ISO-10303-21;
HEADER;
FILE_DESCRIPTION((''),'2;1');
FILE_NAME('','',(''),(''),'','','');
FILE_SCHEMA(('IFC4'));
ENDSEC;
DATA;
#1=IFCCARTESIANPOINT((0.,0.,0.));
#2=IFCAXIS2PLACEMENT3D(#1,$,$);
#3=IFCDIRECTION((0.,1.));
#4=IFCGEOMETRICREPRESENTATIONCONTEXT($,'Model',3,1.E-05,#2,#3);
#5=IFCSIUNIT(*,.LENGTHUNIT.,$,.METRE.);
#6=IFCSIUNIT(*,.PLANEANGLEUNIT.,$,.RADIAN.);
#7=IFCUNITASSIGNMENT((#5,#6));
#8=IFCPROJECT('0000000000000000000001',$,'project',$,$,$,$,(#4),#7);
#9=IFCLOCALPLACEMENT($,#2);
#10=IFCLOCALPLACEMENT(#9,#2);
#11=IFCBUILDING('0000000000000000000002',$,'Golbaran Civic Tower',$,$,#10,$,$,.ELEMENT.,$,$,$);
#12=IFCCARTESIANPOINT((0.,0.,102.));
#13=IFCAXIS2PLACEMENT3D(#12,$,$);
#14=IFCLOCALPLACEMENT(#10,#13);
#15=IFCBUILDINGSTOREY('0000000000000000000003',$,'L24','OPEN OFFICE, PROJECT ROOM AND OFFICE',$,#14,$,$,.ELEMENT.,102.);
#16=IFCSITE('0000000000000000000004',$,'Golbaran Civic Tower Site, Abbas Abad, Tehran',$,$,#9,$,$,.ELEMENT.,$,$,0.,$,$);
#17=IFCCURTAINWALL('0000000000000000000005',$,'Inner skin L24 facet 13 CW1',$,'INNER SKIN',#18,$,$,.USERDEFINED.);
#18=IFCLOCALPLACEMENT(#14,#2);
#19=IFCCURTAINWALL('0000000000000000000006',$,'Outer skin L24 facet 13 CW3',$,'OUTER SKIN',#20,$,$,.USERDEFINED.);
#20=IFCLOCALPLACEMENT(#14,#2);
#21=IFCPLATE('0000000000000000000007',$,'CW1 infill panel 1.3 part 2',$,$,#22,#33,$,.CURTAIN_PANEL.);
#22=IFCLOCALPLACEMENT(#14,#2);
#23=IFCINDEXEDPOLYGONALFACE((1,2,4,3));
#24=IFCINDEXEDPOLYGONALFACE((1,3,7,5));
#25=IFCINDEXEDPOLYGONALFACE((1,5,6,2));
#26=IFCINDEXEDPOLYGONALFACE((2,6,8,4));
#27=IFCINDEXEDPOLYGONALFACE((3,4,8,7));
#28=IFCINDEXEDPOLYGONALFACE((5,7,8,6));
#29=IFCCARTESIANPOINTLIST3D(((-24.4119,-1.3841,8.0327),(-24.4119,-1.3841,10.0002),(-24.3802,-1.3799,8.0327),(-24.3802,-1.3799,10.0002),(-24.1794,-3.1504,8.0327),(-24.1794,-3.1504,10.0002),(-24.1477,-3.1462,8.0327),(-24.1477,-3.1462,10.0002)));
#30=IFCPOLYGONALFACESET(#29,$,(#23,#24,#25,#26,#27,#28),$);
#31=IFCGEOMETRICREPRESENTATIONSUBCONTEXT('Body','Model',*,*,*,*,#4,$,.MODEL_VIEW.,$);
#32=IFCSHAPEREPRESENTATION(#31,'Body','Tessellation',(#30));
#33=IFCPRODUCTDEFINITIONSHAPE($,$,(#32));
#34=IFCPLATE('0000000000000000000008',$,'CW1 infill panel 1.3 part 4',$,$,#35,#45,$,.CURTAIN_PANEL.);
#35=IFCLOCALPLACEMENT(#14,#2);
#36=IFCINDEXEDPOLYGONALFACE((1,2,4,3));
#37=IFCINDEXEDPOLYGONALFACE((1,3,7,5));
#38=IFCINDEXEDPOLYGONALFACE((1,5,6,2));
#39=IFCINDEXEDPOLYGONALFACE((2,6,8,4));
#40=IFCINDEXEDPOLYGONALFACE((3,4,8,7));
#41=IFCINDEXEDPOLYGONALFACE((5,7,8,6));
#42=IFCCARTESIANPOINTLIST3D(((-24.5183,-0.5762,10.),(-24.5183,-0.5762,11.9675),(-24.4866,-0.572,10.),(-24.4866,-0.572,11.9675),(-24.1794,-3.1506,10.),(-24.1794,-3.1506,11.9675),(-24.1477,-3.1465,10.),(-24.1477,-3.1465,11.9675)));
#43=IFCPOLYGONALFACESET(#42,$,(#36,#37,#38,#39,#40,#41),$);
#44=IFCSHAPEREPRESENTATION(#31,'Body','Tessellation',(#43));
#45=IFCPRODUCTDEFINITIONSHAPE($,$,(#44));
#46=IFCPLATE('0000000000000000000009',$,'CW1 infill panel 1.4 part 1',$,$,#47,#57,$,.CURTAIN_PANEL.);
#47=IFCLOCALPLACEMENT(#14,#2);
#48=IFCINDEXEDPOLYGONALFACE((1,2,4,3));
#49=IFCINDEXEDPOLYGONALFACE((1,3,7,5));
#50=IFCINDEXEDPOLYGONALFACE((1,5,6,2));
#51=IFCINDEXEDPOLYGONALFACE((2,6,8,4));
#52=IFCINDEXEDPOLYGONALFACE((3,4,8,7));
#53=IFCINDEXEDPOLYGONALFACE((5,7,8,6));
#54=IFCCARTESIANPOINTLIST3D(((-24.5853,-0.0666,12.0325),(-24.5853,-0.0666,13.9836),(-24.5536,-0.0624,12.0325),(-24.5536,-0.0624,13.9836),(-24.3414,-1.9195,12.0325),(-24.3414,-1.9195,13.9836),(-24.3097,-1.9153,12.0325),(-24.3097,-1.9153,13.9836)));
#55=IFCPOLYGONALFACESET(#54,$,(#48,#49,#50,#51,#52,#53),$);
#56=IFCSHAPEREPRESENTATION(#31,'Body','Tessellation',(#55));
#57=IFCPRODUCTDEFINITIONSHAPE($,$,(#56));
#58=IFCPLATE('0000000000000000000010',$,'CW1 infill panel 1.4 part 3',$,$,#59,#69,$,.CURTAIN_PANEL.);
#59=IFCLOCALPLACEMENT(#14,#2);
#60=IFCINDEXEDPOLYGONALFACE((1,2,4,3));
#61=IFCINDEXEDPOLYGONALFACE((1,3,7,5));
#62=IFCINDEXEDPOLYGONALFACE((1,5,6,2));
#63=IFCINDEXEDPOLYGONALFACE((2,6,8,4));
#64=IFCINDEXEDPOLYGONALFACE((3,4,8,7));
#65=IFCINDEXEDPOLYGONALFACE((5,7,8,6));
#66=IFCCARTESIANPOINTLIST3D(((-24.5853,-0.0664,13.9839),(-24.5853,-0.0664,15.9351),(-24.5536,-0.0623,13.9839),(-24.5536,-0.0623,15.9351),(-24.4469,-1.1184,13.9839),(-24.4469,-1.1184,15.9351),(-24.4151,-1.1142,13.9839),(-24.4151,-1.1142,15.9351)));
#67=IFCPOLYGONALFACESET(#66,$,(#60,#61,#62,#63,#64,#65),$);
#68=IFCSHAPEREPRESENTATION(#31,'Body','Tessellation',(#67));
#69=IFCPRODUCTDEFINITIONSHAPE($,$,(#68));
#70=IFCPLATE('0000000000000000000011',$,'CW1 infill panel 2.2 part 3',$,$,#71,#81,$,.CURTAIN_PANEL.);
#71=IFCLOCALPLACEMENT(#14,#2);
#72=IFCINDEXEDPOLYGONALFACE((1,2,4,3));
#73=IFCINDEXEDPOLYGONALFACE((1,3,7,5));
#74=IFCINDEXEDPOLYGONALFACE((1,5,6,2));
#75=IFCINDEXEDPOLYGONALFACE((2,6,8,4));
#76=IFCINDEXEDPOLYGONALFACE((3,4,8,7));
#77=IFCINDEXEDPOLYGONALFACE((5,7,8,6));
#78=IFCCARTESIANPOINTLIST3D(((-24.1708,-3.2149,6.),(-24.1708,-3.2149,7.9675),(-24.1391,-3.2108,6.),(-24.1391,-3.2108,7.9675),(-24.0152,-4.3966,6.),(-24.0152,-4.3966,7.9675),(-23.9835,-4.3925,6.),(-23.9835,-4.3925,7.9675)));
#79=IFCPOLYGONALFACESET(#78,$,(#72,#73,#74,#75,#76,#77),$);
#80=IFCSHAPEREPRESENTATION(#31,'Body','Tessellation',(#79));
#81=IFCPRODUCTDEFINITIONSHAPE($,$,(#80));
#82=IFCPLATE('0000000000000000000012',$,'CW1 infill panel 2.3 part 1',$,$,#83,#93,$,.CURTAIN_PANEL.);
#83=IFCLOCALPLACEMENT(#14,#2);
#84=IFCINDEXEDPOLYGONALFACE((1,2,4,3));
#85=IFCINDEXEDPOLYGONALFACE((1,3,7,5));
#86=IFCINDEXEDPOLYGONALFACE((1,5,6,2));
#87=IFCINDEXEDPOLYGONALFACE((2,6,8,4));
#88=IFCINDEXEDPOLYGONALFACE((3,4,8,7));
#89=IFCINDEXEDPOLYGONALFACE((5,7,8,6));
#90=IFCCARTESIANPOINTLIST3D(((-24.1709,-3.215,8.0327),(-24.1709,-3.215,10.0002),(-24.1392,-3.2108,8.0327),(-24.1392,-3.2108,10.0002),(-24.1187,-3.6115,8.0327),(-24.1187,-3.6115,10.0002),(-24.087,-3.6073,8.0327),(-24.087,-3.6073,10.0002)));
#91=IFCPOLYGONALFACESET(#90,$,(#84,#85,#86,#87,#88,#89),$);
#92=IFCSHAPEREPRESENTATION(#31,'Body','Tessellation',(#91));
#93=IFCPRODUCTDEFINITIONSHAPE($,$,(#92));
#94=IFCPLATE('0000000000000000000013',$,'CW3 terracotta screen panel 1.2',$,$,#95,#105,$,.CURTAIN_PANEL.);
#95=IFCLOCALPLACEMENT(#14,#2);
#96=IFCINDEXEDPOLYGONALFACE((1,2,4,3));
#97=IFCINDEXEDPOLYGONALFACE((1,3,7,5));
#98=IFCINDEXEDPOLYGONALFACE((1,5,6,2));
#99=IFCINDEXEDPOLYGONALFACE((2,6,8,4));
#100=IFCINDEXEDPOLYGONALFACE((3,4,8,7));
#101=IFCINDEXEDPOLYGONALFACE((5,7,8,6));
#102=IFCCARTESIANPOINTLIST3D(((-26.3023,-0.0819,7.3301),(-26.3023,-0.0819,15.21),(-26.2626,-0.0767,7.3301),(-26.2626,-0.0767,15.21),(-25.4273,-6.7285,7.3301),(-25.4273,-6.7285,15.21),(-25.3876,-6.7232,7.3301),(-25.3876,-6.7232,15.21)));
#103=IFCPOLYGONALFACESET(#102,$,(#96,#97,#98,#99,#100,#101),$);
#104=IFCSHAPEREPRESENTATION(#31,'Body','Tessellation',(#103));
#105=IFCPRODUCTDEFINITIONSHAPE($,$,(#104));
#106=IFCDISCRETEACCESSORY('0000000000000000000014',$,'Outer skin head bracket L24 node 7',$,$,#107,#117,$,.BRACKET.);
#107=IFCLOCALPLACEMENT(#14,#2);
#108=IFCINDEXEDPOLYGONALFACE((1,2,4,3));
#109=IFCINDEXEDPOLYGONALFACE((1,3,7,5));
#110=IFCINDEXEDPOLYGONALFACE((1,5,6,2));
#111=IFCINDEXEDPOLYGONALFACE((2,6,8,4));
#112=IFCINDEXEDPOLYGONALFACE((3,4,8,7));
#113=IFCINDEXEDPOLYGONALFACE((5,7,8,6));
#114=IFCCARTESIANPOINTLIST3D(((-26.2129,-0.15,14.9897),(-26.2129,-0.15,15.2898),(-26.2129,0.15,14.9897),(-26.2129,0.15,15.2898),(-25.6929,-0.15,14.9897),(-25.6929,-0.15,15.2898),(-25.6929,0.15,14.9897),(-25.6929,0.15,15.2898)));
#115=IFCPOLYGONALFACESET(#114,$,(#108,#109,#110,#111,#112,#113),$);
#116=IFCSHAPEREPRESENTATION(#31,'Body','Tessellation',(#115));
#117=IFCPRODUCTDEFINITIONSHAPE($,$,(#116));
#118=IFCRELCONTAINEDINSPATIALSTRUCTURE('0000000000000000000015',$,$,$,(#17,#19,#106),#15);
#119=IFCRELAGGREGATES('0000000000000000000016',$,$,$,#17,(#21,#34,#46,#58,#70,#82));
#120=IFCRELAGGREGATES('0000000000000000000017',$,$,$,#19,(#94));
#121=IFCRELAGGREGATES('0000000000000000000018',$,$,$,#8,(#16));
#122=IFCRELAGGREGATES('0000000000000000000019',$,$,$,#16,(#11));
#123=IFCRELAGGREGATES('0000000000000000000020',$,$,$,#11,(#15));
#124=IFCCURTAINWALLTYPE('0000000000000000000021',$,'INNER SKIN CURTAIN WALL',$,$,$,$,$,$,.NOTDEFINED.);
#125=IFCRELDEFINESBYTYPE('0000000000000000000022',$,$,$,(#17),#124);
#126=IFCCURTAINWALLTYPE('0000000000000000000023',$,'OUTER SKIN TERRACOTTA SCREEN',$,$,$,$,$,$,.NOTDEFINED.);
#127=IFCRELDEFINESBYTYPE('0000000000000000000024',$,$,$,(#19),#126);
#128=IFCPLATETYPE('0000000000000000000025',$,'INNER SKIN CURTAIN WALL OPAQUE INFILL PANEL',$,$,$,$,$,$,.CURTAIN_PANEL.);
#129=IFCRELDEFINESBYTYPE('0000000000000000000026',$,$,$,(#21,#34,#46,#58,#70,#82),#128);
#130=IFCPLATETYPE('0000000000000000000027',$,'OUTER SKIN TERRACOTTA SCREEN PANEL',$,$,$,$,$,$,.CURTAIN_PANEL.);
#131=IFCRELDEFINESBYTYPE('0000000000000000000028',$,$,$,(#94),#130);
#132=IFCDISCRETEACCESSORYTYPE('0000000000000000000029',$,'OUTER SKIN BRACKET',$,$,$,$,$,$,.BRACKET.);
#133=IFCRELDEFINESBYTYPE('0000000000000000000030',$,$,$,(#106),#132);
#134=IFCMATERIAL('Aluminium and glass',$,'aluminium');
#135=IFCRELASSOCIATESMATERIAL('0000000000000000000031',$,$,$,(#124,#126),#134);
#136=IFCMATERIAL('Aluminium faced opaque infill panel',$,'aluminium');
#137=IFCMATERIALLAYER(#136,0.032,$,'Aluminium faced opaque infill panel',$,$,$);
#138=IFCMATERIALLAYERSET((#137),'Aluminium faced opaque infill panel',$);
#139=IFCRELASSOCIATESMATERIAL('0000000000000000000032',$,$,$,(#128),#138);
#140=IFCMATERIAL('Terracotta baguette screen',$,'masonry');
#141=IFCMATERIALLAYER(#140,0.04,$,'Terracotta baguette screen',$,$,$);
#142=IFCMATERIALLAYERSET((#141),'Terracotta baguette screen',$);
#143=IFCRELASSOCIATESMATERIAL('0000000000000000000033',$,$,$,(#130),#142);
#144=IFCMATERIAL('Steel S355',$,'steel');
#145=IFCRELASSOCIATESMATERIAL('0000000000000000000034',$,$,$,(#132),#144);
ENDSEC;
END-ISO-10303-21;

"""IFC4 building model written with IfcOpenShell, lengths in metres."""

from ifc_helpers import new_model, si_unit, direction, frame, origin, origin_2d, place, context, subcontext, project, spatial, rectangle, extrude, material, layer, layer_set, type_object, element, aggregate, save


model = new_model("IFC4")

# Units and contexts
model_context = context("Model", 3, precision=1e-05, world=origin(), true_north=direction((0.0, 1.0)))
body_context = subcontext(model_context, "Body", "Model", "MODEL_VIEW")
ifc_project = project(units=[si_unit("LENGTHUNIT", "METRE"), si_unit("PLANEANGLEUNIT", "RADIAN")], contexts=[model_context])

# Site, building, storey
site_placement = place(None, origin())
site = spatial("IfcSite", under=ifc_project, at=site_placement, Name="Golbaran Civic Tower Site, Abbas Abad, Tehran", CompositionType="ELEMENT", RefElevation=0.0)
building_placement = place(site_placement, origin())
building = spatial("IfcBuilding", under=site, at=building_placement, Name="Golbaran Civic Tower", CompositionType="ELEMENT")
storey_placement = place(building_placement, frame((0.0, 0.0, 102.0)))
storey = spatial("IfcBuildingStorey", under=building, at=storey_placement, Name="L24", Description="OPEN OFFICE, PROJECT ROOM AND OFFICE", CompositionType="ELEMENT", Elevation=102.0)

# Curtain walls
ifc_material_1 = material(Name="Aluminium and glass", Category="aluminium")
curtain_wall_type_1 = type_object("IfcCurtainWallType", Name="INNER SKIN CURTAIN WALL", PredefinedType="NOTDEFINED", material=ifc_material_1)
curtain_wall_1_placement = place(storey_placement, origin())
curtain_wall_1 = element("IfcCurtainWall", 1, at=curtain_wall_1_placement, inside=storey, type_object=curtain_wall_type_1, Name="Inner skin L24 facet 13 CW1", ObjectType="INNER SKIN", PredefinedType="USERDEFINED")
curtain_wall_type_2 = type_object("IfcCurtainWallType", Name="OUTER SKIN TERRACOTTA SCREEN", PredefinedType="NOTDEFINED", material=ifc_material_1)
curtain_wall_2_placement = place(storey_placement, origin())
curtain_wall_2 = element("IfcCurtainWall", 2, at=curtain_wall_2_placement, inside=storey, type_object=curtain_wall_type_2, Name="Outer skin L24 facet 13 CW3", ObjectType="OUTER SKIN", PredefinedType="USERDEFINED")

# Plates
ifc_material_2 = material(Name="Aluminium faced opaque infill panel", Category="aluminium")
ifc_layer_1 = layer(ifc_material_2, 0.032, Name="Aluminium faced opaque infill panel")
ifc_layer_set_1 = layer_set([ifc_layer_1], Name="Aluminium faced opaque infill panel")
plate_type_1 = type_object("IfcPlateType", Name="INNER SKIN CURTAIN WALL OPAQUE INFILL PANEL", PredefinedType="CURTAIN_PANEL", material=ifc_layer_set_1)
plate_1_placement = place(storey_placement, frame((-24.2798, -2.2651, 8.0327), z_axis=(0.0, 0.0, 1.0), x_axis=(0.130526, -0.991445, 0.0)))
plate_1 = element("IfcPlate", 3, at=plate_1_placement, type_object=plate_type_1, Name="CW1 infill panel 1.3 part 2", PredefinedType="CURTAIN_PANEL", context=body_context, shape_type="SweptSolid", body=[
    extrude(rectangle(XDim=1.7815, YDim=0.032, at=origin_2d()), origin(), (0.0, 0.0, 1.0), 1.9675),
])
plate_2_placement = place(storey_placement, frame((-24.333, -1.8613, 10.0), z_axis=(0.0, 0.0, 1.0), x_axis=(0.130526, -0.991445, 0.0)))
plate_2 = element("IfcPlate", 4, at=plate_2_placement, type_object=plate_type_1, Name="CW1 infill panel 1.3 part 4", PredefinedType="CURTAIN_PANEL", context=body_context, shape_type="SweptSolid", body=[
    extrude(rectangle(XDim=2.5967, YDim=0.032, at=origin_2d()), origin(), (0.0, 0.0, 1.0), 1.9675),
])
plate_3_placement = place(storey_placement, frame((-24.4475, -0.991, 12.0325), z_axis=(0.0, 0.0, 1.0), x_axis=(0.130526, -0.991445, 0.0)))
plate_3 = element("IfcPlate", 5, at=plate_3_placement, type_object=plate_type_1, Name="CW1 infill panel 1.4 part 1", PredefinedType="CURTAIN_PANEL", context=body_context, shape_type="SweptSolid", body=[
    extrude(rectangle(XDim=1.8689, YDim=0.032, at=origin_2d()), origin(), (0.0, 0.0, 1.0), 1.9512),
])
plate_4_placement = place(storey_placement, frame((-24.5002, -0.5903, 13.9839), z_axis=(0.0, 0.0, 1.0), x_axis=(0.130526, -0.991445, 0.0)))
plate_4 = element("IfcPlate", 6, at=plate_4_placement, type_object=plate_type_1, Name="CW1 infill panel 1.4 part 3", PredefinedType="CURTAIN_PANEL", context=body_context, shape_type="SweptSolid", body=[
    extrude(rectangle(XDim=1.061, YDim=0.032, at=origin_2d()), origin(), (0.0, 0.0, 1.0), 1.9512),
])
plate_5_placement = place(storey_placement, frame((-24.0771, -3.8037, 6.0), z_axis=(0.0, 0.0, 1.0), x_axis=(0.130526, -0.991445, 0.0)))
plate_5 = element("IfcPlate", 7, at=plate_5_placement, type_object=plate_type_1, Name="CW1 infill panel 2.2 part 3", PredefinedType="CURTAIN_PANEL", context=body_context, shape_type="SweptSolid", body=[
    extrude(rectangle(XDim=1.1919, YDim=0.032, at=origin_2d()), origin(), (0.0, 0.0, 1.0), 1.9675),
])
plate_6_placement = place(storey_placement, frame((-24.1289, -3.4111, 8.0327), z_axis=(0.0, 0.0, 1.0), x_axis=(0.130526, -0.991445, 0.0)))
plate_6 = element("IfcPlate", 8, at=plate_6_placement, type_object=plate_type_1, Name="CW1 infill panel 2.3 part 1", PredefinedType="CURTAIN_PANEL", context=body_context, shape_type="SweptSolid", body=[
    extrude(rectangle(XDim=0.3999, YDim=0.032, at=origin_2d()), origin(), (0.0, 0.0, 1.0), 1.9675),
])
aggregate(curtain_wall_1, [plate_1, plate_2, plate_3, plate_4, plate_5, plate_6])
ifc_material_3 = material(Name="Terracotta baguette screen", Category="masonry")
ifc_layer_2 = layer(ifc_material_3, 0.04, Name="Terracotta baguette screen")
ifc_layer_set_2 = layer_set([ifc_layer_2], Name="Terracotta baguette screen")
plate_type_2 = type_object("IfcPlateType", Name="OUTER SKIN TERRACOTTA SCREEN PANEL", PredefinedType="CURTAIN_PANEL", material=ifc_layer_set_2)
plate_7_placement = place(storey_placement, frame((-25.845, -3.4026, 7.3301), z_axis=(0.0, 0.0, 1.0), x_axis=(0.130526, -0.991445, 0.0)))
plate_7 = element("IfcPlate", 9, at=plate_7_placement, type_object=plate_type_2, Name="CW3 terracotta screen panel 1.2", PredefinedType="CURTAIN_PANEL", context=body_context, shape_type="SweptSolid", body=[
    extrude(rectangle(XDim=6.7039, YDim=0.04, at=origin_2d()), origin(), (0.0, 0.0, 1.0), 7.8799),
])
aggregate(curtain_wall_2, [plate_7])

# Discrete accessory
ifc_material_4 = material(Name="Steel S355", Category="steel")
discrete_accessory_type = type_object("IfcDiscreteAccessoryType", Name="OUTER SKIN BRACKET", PredefinedType="BRACKET", material=ifc_material_4)
discrete_accessory_placement = place(storey_placement, frame((-25.9529, 0.0, 14.9897), z_axis=(0.0, 0.0, 1.0), x_axis=(-1.0, 0.0, 0.0)))
element("IfcDiscreteAccessory", 10, at=discrete_accessory_placement, inside=storey, type_object=discrete_accessory_type, Name="Outer skin head bracket L24 node 7", PredefinedType="BRACKET", context=body_context, shape_type="SweptSolid", body=[
    extrude(rectangle(XDim=0.52, YDim=0.3, at=origin_2d()), origin(), (0.0, 0.0, 1.0), 0.3),
])

save(model, "model.ifc")
